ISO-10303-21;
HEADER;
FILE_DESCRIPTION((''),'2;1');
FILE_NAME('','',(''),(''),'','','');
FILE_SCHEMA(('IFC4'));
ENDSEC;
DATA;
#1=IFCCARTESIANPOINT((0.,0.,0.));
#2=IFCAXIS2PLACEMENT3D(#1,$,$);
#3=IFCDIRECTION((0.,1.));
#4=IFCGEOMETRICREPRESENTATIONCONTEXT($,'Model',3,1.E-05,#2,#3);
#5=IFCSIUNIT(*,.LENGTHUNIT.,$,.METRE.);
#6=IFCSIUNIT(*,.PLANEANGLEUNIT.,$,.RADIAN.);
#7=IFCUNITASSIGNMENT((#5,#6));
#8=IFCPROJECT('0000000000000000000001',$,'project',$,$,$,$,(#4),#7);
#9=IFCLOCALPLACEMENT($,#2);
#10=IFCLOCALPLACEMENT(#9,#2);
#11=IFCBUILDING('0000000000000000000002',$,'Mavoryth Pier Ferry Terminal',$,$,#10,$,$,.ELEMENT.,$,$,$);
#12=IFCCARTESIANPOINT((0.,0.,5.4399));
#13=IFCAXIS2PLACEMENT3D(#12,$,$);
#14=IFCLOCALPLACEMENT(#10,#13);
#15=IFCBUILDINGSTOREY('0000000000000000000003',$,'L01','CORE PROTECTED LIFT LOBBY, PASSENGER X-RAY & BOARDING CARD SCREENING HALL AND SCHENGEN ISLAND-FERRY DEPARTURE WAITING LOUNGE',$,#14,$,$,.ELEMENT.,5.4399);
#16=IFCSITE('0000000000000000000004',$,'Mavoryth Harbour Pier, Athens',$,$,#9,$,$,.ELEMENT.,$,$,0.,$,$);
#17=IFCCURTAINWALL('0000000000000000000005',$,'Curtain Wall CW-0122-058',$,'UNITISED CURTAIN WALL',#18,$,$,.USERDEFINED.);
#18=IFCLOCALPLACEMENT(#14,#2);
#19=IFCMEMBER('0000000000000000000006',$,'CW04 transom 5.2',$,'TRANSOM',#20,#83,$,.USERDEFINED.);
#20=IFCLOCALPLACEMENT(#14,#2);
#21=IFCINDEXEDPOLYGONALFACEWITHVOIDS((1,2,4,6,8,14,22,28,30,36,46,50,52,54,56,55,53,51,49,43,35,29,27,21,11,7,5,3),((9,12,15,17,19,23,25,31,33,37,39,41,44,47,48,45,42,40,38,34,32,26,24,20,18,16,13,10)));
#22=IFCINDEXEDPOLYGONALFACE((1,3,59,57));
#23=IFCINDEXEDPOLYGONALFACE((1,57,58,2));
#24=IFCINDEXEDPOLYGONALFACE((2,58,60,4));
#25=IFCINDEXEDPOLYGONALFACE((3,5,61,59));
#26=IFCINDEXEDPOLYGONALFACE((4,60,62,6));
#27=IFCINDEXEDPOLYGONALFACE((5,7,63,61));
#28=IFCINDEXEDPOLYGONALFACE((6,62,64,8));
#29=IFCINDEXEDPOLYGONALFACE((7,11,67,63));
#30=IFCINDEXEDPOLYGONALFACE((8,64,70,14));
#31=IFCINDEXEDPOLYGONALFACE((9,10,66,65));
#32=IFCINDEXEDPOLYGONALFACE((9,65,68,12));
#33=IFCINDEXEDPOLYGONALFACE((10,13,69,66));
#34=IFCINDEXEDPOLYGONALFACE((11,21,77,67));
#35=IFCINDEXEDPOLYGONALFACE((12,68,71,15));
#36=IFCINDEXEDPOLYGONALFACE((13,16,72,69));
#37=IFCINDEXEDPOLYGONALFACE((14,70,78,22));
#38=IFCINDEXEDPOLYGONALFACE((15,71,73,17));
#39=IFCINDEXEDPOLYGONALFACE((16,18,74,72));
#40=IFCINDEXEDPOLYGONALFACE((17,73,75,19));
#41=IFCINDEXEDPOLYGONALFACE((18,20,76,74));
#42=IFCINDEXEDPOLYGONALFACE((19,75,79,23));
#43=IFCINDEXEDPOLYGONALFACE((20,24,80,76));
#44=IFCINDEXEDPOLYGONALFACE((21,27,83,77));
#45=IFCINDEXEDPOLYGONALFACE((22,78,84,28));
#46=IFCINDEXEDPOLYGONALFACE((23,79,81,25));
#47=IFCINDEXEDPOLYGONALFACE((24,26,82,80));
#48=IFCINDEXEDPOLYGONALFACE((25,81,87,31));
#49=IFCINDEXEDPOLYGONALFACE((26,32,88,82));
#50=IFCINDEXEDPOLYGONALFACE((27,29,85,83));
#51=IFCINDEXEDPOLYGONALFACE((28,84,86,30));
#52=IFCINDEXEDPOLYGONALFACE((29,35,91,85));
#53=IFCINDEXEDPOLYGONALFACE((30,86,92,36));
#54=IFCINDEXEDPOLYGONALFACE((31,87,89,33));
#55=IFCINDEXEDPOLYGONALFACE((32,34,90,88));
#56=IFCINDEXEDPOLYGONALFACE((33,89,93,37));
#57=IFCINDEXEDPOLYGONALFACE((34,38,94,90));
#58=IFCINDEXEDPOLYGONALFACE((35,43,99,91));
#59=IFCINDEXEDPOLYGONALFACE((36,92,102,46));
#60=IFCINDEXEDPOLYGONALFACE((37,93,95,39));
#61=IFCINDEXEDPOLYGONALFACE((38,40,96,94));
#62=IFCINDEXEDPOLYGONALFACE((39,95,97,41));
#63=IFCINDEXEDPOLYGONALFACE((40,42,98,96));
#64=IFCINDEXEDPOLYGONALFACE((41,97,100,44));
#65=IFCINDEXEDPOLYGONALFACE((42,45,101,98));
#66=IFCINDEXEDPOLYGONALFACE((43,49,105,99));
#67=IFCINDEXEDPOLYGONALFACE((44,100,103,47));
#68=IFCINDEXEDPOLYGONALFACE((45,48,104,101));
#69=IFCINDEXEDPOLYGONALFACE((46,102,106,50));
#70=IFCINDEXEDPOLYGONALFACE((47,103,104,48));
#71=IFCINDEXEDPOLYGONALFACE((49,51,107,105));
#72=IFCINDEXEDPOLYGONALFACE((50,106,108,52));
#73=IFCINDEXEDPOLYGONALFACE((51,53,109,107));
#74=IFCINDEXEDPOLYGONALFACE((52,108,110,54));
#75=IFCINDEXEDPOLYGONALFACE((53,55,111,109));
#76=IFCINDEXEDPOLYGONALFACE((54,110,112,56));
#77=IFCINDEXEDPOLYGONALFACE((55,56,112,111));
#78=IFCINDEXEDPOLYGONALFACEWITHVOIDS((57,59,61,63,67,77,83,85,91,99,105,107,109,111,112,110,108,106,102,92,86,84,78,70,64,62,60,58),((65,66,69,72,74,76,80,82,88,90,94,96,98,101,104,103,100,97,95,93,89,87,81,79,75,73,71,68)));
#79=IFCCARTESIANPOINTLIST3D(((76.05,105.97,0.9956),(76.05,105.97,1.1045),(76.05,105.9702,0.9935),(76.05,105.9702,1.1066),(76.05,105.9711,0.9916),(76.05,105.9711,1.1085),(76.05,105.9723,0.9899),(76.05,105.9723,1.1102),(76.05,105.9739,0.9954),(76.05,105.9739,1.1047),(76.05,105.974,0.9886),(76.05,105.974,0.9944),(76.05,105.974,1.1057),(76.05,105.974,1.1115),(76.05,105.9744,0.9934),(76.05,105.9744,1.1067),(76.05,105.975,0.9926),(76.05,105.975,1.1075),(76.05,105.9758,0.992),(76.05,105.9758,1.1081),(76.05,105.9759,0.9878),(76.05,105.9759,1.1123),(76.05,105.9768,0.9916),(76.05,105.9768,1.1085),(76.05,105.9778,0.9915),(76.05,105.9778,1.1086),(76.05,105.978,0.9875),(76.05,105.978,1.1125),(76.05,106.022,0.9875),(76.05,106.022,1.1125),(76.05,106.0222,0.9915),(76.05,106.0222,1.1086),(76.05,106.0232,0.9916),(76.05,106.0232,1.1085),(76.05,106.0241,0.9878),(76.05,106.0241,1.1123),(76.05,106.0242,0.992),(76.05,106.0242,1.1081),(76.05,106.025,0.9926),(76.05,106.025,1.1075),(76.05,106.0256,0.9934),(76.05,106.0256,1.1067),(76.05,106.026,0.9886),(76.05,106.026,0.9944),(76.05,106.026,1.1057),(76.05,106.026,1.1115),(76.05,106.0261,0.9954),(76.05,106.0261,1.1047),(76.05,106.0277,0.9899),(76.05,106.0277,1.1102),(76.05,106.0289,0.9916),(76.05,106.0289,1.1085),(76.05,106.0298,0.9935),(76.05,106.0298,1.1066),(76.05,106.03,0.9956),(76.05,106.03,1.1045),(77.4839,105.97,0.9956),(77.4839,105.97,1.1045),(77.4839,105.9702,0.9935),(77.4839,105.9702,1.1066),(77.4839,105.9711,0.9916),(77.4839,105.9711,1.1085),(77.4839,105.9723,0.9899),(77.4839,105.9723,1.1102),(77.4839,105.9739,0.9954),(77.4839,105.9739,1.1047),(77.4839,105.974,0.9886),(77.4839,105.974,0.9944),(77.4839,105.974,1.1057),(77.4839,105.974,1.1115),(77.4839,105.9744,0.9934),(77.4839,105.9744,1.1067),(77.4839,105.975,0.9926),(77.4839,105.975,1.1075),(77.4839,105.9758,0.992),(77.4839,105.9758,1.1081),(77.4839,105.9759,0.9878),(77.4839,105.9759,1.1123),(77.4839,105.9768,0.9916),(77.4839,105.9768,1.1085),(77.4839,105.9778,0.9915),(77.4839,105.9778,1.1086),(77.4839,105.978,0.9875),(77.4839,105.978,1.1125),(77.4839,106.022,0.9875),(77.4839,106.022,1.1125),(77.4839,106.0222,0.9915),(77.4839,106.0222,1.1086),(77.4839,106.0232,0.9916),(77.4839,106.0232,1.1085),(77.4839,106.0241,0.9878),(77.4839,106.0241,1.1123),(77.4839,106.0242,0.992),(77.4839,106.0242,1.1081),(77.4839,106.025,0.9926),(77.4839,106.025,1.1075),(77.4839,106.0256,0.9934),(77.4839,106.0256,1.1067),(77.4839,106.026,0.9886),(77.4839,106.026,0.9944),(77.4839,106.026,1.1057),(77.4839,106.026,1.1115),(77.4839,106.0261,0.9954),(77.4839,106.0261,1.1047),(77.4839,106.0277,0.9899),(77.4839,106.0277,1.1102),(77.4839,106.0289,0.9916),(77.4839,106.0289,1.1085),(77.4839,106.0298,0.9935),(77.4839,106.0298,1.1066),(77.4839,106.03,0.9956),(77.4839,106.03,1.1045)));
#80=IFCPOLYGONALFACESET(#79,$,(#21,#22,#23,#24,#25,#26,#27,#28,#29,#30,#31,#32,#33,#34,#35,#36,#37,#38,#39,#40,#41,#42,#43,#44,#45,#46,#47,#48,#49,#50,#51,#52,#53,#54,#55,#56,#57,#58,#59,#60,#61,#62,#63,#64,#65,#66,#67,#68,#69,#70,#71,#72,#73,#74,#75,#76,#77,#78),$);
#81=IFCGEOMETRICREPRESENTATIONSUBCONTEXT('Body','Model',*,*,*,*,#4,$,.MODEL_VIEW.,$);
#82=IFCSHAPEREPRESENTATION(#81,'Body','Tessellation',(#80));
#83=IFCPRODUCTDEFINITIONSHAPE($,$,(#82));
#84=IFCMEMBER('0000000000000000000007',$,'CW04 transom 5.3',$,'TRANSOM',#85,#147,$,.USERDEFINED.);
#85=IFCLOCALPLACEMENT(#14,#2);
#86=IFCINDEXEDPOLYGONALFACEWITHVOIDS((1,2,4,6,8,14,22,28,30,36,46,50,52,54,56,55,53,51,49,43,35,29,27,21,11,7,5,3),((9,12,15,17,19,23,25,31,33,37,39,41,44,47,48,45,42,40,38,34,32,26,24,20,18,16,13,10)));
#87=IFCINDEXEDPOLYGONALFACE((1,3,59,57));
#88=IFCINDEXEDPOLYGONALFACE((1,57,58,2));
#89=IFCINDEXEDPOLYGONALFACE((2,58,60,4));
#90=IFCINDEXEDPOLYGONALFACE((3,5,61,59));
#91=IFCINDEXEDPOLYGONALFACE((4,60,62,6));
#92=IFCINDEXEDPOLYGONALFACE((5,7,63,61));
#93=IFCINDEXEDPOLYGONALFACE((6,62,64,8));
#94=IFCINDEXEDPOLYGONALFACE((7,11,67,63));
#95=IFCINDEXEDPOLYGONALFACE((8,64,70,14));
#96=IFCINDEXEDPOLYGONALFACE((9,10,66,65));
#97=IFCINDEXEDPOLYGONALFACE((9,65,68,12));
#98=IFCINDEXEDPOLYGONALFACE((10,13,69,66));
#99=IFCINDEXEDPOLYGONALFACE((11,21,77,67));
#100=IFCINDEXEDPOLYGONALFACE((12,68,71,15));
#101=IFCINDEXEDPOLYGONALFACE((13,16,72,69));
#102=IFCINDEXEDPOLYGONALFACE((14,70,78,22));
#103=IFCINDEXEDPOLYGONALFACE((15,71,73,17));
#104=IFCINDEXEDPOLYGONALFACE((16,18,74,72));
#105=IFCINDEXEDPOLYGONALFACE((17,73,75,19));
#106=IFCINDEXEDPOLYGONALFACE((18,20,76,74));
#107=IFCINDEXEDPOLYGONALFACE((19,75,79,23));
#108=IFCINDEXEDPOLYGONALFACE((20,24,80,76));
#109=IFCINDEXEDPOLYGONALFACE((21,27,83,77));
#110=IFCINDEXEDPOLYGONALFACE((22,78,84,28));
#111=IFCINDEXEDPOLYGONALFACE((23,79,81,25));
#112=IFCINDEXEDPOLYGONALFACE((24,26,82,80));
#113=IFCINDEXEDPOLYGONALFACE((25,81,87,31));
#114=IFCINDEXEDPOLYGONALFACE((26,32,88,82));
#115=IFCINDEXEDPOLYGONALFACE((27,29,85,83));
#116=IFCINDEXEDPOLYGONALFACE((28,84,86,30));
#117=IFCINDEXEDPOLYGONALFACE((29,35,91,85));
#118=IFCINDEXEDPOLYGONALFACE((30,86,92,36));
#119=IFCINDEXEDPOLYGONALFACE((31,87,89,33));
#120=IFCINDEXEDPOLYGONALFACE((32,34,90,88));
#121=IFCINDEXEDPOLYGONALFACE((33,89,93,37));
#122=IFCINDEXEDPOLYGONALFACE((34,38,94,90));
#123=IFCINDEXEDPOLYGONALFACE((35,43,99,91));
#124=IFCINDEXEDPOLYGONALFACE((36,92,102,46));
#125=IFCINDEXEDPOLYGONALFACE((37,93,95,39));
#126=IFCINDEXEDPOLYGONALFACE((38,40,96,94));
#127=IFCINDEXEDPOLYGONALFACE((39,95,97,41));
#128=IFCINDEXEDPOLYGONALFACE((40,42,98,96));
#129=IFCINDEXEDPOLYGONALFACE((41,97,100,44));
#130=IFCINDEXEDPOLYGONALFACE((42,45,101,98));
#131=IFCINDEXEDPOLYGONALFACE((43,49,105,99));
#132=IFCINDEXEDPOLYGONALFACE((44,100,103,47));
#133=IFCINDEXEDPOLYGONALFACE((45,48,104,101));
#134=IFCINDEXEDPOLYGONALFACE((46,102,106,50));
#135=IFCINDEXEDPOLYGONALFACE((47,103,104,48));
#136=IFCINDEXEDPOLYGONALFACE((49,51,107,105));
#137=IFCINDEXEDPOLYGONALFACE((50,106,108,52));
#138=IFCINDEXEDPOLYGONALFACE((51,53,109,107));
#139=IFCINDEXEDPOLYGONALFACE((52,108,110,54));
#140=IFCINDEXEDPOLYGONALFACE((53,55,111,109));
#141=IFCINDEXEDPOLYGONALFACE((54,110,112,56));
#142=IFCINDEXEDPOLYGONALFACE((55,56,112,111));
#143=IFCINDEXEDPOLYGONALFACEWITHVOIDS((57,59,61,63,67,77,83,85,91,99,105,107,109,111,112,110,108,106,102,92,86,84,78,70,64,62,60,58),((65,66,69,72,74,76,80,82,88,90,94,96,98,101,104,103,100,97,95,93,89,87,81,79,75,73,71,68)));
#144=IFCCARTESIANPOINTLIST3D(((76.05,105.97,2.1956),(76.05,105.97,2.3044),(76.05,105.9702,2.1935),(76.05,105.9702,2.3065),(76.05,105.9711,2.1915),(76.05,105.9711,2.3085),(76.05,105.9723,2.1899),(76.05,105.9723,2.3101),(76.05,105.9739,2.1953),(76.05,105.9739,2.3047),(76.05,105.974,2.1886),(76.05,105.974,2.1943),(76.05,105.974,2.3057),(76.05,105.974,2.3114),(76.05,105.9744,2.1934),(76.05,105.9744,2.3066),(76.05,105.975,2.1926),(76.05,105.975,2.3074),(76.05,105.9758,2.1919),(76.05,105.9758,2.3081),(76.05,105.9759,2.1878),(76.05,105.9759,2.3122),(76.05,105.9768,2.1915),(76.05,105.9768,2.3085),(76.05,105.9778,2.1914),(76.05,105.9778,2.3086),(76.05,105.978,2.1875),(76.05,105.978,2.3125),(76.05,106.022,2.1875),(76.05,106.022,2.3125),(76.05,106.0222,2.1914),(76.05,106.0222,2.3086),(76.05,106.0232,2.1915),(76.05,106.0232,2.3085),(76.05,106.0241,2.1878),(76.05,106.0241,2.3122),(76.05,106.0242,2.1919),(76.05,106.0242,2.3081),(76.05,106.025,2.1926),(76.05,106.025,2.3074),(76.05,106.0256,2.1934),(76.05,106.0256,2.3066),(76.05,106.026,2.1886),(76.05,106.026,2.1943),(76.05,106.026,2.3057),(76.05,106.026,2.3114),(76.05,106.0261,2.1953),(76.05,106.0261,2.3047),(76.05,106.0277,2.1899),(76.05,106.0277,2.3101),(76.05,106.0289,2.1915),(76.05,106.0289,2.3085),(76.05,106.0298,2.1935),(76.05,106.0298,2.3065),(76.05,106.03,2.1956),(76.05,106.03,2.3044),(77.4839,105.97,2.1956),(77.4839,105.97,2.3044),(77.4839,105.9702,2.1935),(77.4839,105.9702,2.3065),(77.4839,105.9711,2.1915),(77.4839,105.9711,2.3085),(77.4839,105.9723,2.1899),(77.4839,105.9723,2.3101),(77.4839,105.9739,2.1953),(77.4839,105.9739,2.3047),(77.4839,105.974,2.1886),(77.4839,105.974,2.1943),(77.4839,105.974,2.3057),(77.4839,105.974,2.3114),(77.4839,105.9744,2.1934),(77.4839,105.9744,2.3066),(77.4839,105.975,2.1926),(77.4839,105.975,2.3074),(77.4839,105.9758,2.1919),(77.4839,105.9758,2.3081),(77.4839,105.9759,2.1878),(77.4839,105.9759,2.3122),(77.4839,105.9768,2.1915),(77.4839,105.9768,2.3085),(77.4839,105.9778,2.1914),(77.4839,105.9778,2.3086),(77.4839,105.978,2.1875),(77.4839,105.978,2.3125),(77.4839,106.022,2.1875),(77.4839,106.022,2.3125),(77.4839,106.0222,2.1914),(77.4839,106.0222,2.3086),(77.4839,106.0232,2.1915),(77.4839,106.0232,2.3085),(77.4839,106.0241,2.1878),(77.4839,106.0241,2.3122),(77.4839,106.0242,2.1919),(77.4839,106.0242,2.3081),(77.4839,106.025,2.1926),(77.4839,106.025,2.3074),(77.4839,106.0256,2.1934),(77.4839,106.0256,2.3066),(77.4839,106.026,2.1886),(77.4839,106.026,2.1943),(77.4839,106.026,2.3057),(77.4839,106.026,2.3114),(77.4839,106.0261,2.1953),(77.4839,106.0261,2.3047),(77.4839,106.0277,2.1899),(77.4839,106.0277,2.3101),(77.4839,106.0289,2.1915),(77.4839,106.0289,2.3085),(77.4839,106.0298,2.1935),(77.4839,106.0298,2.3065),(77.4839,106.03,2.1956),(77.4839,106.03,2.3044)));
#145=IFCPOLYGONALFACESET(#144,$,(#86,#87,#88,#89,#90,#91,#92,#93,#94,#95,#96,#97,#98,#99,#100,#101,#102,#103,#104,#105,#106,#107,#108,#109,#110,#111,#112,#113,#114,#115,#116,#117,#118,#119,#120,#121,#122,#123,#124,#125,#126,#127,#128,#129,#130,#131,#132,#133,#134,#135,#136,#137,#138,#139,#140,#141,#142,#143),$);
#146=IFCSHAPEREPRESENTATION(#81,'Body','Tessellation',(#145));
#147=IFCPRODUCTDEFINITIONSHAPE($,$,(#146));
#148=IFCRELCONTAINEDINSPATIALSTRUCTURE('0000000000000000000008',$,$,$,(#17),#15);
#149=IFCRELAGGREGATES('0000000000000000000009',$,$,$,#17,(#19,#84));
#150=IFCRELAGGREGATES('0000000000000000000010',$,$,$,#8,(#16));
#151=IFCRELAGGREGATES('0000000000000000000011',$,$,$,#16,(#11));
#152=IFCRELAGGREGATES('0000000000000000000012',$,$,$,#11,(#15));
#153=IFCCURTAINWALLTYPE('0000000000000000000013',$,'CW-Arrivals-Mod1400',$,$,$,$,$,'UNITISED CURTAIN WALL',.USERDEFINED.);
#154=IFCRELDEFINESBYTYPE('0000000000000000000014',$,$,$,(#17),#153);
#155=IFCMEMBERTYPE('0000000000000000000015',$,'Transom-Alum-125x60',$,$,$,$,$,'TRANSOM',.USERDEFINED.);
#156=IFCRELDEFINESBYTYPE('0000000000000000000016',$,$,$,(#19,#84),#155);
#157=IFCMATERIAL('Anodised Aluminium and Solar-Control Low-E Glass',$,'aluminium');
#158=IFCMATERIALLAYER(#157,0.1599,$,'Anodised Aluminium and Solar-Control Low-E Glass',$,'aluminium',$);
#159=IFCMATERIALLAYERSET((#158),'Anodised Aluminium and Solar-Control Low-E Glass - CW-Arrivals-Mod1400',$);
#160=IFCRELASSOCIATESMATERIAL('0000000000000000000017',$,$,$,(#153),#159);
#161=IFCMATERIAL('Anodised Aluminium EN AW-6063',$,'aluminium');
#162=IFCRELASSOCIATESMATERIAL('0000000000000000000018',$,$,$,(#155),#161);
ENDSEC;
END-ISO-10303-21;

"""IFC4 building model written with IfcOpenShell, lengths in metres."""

from ifc_helpers import new_model, si_unit, direction, frame, origin, origin_2d, place, context, subcontext, project, spatial, hollow_rectangle, extrude, material, layer, layer_set, material_profile, profile_set, type_object, element, aggregate, save


model = new_model("IFC4")

# Units and contexts
model_context = context("Model", 3, precision=1e-05, world=origin(), true_north=direction((0.0, 1.0)))
body_context = subcontext(model_context, "Body", "Model", "MODEL_VIEW")
ifc_project = project(units=[si_unit("LENGTHUNIT", "METRE"), si_unit("PLANEANGLEUNIT", "RADIAN")], contexts=[model_context])

# Site, building, storey
site_placement = place(None, origin())
site = spatial("IfcSite", under=ifc_project, at=site_placement, Name="Mavoryth Harbour Pier, Athens", CompositionType="ELEMENT", RefElevation=0.0)
building_placement = place(site_placement, origin())
building = spatial("IfcBuilding", under=site, at=building_placement, Name="Mavoryth Pier Ferry Terminal", CompositionType="ELEMENT")
storey_placement = place(building_placement, frame((0.0, 0.0, 5.4399)))
storey = spatial("IfcBuildingStorey", under=building, at=storey_placement, Name="L01", Description="CORE PROTECTED LIFT LOBBY, PASSENGER X-RAY & BOARDING CARD SCREENING HALL AND SCHENGEN ISLAND-FERRY DEPARTURE WAITING LOUNGE", CompositionType="ELEMENT", Elevation=5.4399)

# Curtain wall
ifc_material_1 = material(Name="Anodised Aluminium and Solar-Control Low-E Glass", Category="aluminium")
ifc_layer_1 = layer(ifc_material_1, 0.1599, Name="Anodised Aluminium and Solar-Control Low-E Glass", Category="aluminium")
ifc_layer_set_1 = layer_set([ifc_layer_1], Name="Anodised Aluminium and Solar-Control Low-E Glass - CW-Arrivals-Mod1400")
curtain_wall_type = type_object("IfcCurtainWallType", Name="CW-Arrivals-Mod1400", ElementType="UNITISED CURTAIN WALL", PredefinedType="USERDEFINED", material=ifc_layer_set_1)
ifc_material_2 = material(Name="Anodised Aluminium EN AW-6063", Category="aluminium")
curtain_wall_1_placement = place(storey_placement, origin())
curtain_wall_1 = element("IfcCurtainWall", 1, at=curtain_wall_1_placement, inside=storey, type_object=curtain_wall_type, Name="Curtain Wall CW-0122-058", ObjectType="UNITISED CURTAIN WALL", PredefinedType="USERDEFINED")

# Members
ifc_material_profile_1 = material_profile(ifc_material_2, hollow_rectangle(XDim=0.0601, YDim=0.125, WallThickness=0.0039, InnerFilletRadius=0.0039, OuterFilletRadius=0.0081, at=origin_2d()), Name="AL-TRAN 125x60x4", Category="aluminium")
ifc_profile_set_1 = profile_set([ifc_material_profile_1], Name="Anodised Aluminium EN AW-6063 - AL-TRAN 125x60x4")
member_type_1 = type_object("IfcMemberType", Name="Transom-Alum-125x60", ElementType="TRANSOM", PredefinedType="USERDEFINED", material=ifc_profile_set_1)
member_1_placement = place(storey_placement, frame((77.4839, 106.0, 1.05), z_axis=(-1.0, 0.0, 0.0), x_axis=(0.0, -1.0, 0.0)))
member_1 = element("IfcMember", 2, at=member_1_placement, type_object=member_type_1, Name="CW04 transom 5.2", ObjectType="TRANSOM", PredefinedType="USERDEFINED", context=body_context, shape_type="SweptSolid", body=[
    extrude(hollow_rectangle(XDim=0.0601, YDim=0.125, WallThickness=0.0039, InnerFilletRadius=0.0039, OuterFilletRadius=0.0081, at=origin_2d()), origin(), (0.0, 0.0, 1.0), 1.4338),
])
member_2_placement = place(storey_placement, frame((77.4839, 106.0, 2.25), z_axis=(-1.0, 0.0, 0.0), x_axis=(0.0, -1.0, 0.0)))
member_2 = element("IfcMember", 3, at=member_2_placement, type_object=member_type_1, Name="CW04 transom 5.3", ObjectType="TRANSOM", PredefinedType="USERDEFINED", context=body_context, shape_type="SweptSolid", body=[
    extrude(hollow_rectangle(XDim=0.0601, YDim=0.125, WallThickness=0.0039, InnerFilletRadius=0.0039, OuterFilletRadius=0.0081, at=origin_2d()), origin(), (0.0, 0.0, 1.0), 1.4338),
])

aggregate(curtain_wall_1, [member_1, member_2])

save(model, "model.ifc")
